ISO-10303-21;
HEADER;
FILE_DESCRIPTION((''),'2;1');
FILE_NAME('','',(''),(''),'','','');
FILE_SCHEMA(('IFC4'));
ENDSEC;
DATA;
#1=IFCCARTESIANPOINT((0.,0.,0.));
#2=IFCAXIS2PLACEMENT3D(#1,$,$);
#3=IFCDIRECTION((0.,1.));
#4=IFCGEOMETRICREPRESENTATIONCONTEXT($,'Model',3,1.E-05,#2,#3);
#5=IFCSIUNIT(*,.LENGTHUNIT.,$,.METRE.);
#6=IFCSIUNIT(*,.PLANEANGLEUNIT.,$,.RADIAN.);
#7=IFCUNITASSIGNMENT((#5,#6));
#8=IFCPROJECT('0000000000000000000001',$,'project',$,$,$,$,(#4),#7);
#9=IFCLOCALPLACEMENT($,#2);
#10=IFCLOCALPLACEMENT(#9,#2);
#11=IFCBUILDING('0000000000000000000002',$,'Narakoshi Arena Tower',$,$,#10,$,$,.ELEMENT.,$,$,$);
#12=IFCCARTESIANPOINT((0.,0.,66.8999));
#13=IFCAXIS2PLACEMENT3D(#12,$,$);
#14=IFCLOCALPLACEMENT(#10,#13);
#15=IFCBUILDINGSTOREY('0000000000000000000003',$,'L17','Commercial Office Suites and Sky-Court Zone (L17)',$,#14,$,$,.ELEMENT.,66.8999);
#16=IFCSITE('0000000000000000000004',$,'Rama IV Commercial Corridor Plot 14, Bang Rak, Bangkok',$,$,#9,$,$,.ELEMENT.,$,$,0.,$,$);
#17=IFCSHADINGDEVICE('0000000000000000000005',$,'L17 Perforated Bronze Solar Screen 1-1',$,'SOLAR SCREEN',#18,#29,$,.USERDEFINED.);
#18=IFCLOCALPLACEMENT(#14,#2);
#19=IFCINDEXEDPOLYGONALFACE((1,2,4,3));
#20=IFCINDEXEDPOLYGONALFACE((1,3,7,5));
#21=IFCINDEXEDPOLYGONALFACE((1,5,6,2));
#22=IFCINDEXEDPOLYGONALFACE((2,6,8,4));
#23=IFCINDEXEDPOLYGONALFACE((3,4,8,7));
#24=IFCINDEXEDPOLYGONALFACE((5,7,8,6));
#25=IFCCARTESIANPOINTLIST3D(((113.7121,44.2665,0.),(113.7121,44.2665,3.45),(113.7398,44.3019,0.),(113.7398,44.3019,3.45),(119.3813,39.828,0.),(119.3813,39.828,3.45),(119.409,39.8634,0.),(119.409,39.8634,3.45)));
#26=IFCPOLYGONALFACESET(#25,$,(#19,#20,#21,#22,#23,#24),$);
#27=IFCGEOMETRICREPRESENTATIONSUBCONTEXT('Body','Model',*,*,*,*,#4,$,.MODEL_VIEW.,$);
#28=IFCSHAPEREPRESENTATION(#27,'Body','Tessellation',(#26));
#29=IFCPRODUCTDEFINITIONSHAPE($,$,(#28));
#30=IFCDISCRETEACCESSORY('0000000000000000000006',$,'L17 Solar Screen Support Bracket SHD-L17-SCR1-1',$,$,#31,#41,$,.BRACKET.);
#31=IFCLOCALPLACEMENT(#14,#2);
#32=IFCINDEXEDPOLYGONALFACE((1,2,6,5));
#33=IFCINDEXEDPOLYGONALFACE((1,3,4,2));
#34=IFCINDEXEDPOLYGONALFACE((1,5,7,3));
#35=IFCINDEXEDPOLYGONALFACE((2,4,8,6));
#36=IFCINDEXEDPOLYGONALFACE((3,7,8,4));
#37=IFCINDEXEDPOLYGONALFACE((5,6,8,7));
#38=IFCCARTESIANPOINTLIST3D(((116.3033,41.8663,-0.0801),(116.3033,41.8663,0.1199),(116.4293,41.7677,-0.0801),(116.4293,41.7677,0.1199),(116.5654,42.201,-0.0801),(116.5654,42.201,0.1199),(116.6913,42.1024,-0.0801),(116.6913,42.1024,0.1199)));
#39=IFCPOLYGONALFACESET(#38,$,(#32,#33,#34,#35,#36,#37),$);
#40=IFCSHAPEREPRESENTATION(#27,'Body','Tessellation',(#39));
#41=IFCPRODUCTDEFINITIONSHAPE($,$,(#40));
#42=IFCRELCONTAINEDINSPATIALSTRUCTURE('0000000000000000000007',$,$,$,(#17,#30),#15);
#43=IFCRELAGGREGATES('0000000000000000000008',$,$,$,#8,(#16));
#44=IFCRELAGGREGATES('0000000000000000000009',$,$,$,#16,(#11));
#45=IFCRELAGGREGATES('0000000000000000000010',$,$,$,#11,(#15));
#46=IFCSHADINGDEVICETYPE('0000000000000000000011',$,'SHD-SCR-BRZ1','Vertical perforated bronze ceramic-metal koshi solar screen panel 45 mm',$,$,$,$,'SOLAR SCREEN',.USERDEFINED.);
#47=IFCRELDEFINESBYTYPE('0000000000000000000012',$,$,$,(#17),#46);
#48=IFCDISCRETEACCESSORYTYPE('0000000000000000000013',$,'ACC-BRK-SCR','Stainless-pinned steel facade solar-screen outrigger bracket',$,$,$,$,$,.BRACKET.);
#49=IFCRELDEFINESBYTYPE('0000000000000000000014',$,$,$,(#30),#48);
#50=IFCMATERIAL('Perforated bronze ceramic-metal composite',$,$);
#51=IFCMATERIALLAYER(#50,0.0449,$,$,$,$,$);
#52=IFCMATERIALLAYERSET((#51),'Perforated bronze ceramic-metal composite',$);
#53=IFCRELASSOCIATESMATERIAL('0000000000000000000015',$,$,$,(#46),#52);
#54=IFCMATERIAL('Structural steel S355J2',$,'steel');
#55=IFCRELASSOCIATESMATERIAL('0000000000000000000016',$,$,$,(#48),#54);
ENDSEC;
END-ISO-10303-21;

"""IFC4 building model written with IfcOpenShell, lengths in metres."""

from ifc_helpers import new_model, si_unit, direction, frame, origin, origin_2d, place, context, subcontext, project, spatial, rectangle, extrude, material, layer, layer_set, type_object, element, save


model = new_model("IFC4")

# Units and contexts
model_context = context("Model", 3, precision=1e-05, world=origin(), true_north=direction((0.0, 1.0)))
body_context = subcontext(model_context, "Body", "Model", "MODEL_VIEW")
ifc_project = project(units=[si_unit("LENGTHUNIT", "METRE"), si_unit("PLANEANGLEUNIT", "RADIAN")], contexts=[model_context])

# Site, building, storey
site_placement = place(None, origin())
site = spatial("IfcSite", under=ifc_project, at=site_placement, Name="Rama IV Commercial Corridor Plot 14, Bang Rak, Bangkok", CompositionType="ELEMENT", RefElevation=0.0)
building_placement = place(site_placement, origin())
building = spatial("IfcBuilding", under=site, at=building_placement, Name="Narakoshi Arena Tower", CompositionType="ELEMENT")
storey_placement = place(building_placement, frame((0.0, 0.0, 66.8999)))
storey = spatial("IfcBuildingStorey", under=building, at=storey_placement, Name="L17", Description="Commercial Office Suites and Sky-Court Zone (L17)", CompositionType="ELEMENT", Elevation=66.8999)

# Shared definitions
ifc_material_1 = material(Name="Structural steel S355J2", Category="steel")

# Shading device
ifc_material_2 = material(Name="Perforated bronze ceramic-metal composite")
ifc_layer_1 = layer(ifc_material_2, 0.0449)
ifc_layer_set_1 = layer_set([ifc_layer_1], Name="Perforated bronze ceramic-metal composite")
shading_device_type = type_object("IfcShadingDeviceType", Name="SHD-SCR-BRZ1", Description="Vertical perforated bronze ceramic-metal koshi solar screen panel 45 mm", ElementType="SOLAR SCREEN", PredefinedType="USERDEFINED", material=ifc_layer_set_1)
shading_device_placement = place(storey_placement, frame((116.5605, 42.0649, 0.0), z_axis=(0.0, 0.0, 1.0), x_axis=(-0.787387, 0.616459, 0.0)))
element("IfcShadingDevice", 1, at=shading_device_placement, inside=storey, type_object=shading_device_type, Name="L17 Perforated Bronze Solar Screen 1-1", ObjectType="SOLAR SCREEN", PredefinedType="USERDEFINED", context=body_context, shape_type="SweptSolid", body=[
    extrude(rectangle(XDim=7.2, YDim=0.0449, at=origin_2d()), origin(), (0.0, 0.0, 1.0), 3.45),
])

# Discrete accessory
discrete_accessory_type = type_object("IfcDiscreteAccessoryType", Name="ACC-BRK-SCR", Description="Stainless-pinned steel facade solar-screen outrigger bracket", PredefinedType="BRACKET", material=ifc_material_1)
discrete_accessory_placement = place(storey_placement, frame((116.4973, 41.9844, -0.0801), z_axis=(0.0, 0.0, 1.0), x_axis=(-0.787387, 0.616459, 0.0)))
element("IfcDiscreteAccessory", 2, at=discrete_accessory_placement, inside=storey, type_object=discrete_accessory_type, Name="L17 Solar Screen Support Bracket SHD-L17-SCR1-1", PredefinedType="BRACKET", context=body_context, shape_type="SweptSolid", body=[
    extrude(rectangle(XDim=0.1599, YDim=0.425, at=origin_2d()), origin(), (0.0, 0.0, 1.0), 0.2),
])

save(model, "model.ifc")
